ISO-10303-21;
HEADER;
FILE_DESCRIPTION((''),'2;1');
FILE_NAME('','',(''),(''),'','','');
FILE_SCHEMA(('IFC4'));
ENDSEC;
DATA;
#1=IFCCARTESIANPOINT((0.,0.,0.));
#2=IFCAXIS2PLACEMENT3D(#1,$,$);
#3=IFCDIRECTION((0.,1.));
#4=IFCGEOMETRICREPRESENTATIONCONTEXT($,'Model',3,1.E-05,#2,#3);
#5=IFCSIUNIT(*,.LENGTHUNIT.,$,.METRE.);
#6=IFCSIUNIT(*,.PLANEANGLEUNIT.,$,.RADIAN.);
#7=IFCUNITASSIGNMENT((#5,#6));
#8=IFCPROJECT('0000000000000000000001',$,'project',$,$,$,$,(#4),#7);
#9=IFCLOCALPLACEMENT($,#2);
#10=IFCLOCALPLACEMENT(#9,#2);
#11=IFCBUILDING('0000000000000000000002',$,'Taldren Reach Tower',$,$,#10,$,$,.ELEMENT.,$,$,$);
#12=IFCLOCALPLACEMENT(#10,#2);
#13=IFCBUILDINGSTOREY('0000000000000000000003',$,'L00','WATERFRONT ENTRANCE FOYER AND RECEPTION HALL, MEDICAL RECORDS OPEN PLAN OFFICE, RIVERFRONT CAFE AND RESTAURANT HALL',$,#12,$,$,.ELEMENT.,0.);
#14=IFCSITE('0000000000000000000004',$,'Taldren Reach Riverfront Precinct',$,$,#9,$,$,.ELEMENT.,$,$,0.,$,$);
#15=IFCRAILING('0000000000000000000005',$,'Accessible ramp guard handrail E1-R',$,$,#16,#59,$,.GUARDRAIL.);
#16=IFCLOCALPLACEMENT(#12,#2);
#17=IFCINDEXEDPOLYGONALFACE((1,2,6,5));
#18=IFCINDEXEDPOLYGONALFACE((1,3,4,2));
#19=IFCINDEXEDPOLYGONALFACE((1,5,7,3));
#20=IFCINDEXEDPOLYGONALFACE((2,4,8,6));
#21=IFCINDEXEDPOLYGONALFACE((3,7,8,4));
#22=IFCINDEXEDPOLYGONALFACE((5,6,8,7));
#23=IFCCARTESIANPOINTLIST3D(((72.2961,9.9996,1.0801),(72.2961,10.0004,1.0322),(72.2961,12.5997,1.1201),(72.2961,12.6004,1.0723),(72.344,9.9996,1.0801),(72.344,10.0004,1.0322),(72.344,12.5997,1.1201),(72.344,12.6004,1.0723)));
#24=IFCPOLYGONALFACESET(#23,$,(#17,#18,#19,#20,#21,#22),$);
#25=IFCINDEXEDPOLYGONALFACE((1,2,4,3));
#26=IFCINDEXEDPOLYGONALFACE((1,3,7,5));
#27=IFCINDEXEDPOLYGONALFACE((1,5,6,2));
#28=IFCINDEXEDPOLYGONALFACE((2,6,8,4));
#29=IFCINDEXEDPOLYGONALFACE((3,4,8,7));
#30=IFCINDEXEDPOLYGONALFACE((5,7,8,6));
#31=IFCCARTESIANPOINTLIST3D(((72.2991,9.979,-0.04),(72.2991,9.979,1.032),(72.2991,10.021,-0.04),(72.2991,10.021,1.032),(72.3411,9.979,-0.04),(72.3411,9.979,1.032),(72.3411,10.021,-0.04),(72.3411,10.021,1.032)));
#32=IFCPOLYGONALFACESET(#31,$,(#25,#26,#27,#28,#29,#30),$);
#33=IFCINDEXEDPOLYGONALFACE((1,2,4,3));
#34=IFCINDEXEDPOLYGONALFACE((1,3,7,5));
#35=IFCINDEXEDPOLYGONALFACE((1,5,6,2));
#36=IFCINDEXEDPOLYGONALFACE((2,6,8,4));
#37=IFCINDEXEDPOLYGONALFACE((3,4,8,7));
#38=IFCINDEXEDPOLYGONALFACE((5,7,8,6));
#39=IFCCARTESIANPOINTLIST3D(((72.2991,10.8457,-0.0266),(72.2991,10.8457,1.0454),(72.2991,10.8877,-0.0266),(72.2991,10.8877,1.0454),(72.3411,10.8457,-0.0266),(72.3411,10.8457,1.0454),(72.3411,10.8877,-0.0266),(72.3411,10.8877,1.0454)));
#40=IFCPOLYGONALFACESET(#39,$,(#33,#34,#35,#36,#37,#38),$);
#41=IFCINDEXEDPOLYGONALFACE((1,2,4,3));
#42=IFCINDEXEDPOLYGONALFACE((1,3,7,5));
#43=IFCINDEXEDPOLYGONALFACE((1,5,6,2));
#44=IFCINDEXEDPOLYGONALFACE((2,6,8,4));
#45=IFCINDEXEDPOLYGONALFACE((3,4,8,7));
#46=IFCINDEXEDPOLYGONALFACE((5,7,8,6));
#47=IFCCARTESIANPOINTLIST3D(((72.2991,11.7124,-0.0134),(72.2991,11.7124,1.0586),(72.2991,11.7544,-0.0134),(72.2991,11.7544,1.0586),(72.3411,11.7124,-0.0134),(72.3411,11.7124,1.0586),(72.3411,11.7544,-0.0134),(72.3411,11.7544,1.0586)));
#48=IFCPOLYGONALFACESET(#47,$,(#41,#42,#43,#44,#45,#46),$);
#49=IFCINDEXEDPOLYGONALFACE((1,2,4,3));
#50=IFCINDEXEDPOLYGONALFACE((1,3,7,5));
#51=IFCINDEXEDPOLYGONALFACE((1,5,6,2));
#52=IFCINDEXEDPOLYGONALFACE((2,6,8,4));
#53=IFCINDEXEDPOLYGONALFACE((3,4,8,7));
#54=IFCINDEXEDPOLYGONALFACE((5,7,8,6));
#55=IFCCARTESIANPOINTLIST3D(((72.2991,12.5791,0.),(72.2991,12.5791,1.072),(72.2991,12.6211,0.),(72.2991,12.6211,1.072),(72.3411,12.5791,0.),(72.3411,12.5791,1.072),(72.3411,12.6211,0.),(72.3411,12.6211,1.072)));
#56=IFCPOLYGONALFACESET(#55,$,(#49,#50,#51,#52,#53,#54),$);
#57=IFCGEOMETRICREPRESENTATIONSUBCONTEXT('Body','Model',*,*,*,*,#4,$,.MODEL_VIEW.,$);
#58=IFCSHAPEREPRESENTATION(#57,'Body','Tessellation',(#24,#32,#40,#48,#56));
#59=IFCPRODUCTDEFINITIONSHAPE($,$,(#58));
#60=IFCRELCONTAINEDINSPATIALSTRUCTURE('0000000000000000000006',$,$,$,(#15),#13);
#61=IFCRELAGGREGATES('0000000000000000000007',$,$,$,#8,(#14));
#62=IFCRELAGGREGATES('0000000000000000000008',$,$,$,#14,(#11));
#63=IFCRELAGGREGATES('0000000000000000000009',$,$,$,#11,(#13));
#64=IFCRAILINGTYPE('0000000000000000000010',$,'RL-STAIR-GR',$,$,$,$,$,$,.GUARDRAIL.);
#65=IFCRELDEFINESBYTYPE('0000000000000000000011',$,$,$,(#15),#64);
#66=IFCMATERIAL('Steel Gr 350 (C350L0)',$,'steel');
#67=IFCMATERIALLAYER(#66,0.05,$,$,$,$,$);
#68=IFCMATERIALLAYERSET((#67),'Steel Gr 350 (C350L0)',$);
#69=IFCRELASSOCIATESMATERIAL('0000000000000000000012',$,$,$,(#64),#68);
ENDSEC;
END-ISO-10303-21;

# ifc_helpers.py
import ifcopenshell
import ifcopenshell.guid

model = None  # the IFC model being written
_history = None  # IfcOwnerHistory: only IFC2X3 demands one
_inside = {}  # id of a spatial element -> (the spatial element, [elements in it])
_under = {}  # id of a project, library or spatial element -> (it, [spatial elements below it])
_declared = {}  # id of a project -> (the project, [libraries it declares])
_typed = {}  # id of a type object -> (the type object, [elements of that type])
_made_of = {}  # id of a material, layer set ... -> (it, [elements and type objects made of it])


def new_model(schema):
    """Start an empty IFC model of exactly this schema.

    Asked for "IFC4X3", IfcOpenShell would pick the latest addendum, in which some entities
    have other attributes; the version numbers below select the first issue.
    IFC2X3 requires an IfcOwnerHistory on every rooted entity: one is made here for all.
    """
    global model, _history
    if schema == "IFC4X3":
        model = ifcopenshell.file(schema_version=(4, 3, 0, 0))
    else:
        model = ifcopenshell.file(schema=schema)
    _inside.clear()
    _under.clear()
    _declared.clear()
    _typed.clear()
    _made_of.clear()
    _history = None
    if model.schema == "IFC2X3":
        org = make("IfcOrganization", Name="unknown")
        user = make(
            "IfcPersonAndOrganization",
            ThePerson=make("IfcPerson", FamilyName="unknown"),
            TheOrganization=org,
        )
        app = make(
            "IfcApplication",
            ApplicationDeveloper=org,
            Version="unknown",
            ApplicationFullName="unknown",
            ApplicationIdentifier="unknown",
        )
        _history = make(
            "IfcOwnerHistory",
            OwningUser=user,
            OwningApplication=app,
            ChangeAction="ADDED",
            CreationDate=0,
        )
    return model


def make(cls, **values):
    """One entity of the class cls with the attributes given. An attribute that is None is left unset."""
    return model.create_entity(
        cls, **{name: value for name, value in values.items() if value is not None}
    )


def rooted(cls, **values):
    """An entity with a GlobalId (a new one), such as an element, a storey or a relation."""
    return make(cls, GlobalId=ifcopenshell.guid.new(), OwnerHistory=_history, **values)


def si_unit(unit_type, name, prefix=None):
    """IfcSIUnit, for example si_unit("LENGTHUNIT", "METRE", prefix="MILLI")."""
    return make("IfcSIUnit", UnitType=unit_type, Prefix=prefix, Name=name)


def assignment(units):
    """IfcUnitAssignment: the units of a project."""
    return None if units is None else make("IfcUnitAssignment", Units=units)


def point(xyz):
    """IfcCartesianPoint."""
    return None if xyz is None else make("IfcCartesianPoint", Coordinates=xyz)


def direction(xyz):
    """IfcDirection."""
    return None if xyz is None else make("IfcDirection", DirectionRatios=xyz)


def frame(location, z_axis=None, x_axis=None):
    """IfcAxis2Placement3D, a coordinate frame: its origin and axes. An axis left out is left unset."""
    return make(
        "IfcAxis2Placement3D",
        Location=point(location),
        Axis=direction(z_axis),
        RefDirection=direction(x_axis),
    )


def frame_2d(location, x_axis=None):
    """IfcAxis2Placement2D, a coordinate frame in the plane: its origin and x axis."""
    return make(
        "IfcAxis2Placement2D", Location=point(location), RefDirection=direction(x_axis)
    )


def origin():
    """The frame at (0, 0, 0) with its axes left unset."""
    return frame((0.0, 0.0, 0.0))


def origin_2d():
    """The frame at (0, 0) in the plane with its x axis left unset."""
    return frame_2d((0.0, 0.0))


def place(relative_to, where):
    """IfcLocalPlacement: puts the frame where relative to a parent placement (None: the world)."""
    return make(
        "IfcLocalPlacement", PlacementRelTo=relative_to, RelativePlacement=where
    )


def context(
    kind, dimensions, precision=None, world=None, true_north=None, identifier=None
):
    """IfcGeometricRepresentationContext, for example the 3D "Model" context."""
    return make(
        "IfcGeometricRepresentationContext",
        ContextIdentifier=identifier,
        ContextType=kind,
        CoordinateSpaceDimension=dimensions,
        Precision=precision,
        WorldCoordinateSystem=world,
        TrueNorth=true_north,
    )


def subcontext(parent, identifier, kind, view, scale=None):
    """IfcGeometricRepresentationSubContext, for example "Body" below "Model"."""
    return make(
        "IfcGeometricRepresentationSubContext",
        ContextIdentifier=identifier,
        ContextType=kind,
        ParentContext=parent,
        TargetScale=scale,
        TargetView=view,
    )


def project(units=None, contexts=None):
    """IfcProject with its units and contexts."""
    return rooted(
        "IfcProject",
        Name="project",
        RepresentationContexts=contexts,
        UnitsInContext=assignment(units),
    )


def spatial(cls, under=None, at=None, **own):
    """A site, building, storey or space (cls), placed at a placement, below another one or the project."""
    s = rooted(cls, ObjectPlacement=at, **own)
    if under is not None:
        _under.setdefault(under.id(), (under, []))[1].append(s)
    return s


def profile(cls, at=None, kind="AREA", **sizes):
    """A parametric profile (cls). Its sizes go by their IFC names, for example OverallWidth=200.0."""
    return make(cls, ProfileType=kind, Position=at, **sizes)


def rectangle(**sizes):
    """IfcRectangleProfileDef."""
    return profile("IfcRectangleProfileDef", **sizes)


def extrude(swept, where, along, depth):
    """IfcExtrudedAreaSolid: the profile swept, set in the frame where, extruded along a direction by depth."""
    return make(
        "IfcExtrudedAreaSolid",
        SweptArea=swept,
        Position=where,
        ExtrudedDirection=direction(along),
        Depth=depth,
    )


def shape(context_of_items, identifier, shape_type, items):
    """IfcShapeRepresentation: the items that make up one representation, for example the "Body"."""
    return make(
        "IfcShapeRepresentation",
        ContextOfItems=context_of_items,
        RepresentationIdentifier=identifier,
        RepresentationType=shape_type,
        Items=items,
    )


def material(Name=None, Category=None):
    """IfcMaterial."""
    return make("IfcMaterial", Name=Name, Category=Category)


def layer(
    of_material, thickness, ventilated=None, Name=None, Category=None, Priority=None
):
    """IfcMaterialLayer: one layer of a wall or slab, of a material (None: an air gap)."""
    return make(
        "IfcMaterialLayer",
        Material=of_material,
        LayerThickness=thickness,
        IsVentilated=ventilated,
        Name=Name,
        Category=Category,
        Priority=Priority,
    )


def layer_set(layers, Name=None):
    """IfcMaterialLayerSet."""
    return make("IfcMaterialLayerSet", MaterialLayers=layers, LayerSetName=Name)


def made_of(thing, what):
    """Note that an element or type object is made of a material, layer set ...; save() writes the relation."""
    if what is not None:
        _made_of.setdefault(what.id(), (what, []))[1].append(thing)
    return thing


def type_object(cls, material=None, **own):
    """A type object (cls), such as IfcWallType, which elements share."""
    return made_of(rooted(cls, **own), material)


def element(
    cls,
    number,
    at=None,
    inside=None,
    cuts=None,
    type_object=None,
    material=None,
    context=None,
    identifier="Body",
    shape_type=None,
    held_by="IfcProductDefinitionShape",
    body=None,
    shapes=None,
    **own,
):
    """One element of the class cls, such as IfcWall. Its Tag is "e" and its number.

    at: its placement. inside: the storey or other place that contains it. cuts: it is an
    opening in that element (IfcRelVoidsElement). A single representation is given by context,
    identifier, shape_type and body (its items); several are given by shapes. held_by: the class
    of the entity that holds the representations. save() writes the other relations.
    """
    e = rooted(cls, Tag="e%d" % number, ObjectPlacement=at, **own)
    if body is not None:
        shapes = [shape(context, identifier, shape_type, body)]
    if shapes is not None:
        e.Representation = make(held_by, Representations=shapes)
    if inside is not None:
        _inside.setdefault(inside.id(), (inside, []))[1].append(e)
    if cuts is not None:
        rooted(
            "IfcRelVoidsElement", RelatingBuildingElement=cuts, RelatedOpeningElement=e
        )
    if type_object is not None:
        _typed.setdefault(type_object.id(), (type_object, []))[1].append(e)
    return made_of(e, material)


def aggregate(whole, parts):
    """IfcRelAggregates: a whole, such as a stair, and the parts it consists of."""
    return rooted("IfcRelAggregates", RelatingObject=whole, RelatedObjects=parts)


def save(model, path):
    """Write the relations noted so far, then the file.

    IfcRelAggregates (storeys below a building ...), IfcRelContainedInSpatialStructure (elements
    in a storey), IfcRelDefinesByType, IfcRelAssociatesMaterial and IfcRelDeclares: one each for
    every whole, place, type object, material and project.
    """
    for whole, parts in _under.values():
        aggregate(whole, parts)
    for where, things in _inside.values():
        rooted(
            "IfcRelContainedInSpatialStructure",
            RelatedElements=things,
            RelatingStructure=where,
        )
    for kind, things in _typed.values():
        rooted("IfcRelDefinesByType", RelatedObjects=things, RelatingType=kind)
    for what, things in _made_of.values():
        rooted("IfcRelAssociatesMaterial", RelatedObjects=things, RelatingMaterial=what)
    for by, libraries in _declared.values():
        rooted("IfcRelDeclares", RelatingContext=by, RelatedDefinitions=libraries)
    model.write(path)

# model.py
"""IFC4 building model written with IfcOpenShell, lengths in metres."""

from ifc_helpers import new_model, si_unit, direction, frame, origin, origin_2d, place, context, subcontext, project, spatial, rectangle, extrude, material, layer, layer_set, type_object, element, save


model = new_model("IFC4")

# Units and contexts
model_context = context("Model", 3, precision=1e-05, world=origin(), true_north=direction((0.0, 1.0)))
body_context = subcontext(model_context, "Body", "Model", "MODEL_VIEW")
ifc_project = project(units=[si_unit("LENGTHUNIT", "METRE"), si_unit("PLANEANGLEUNIT", "RADIAN")], contexts=[model_context])

# Site, building, storey
site_placement = place(None, origin())
site = spatial("IfcSite", under=ifc_project, at=site_placement, Name="Taldren Reach Riverfront Precinct", CompositionType="ELEMENT", RefElevation=0.0)
building_placement = place(site_placement, origin())
building = spatial("IfcBuilding", under=site, at=building_placement, Name="Taldren Reach Tower", CompositionType="ELEMENT")
storey_placement = place(building_placement, origin())
storey = spatial("IfcBuildingStorey", under=building, at=storey_placement, Name="L00", Description="WATERFRONT ENTRANCE FOYER AND RECEPTION HALL, MEDICAL RECORDS OPEN PLAN OFFICE, RIVERFRONT CAFE AND RESTAURANT HALL", CompositionType="ELEMENT", Elevation=0.0)

# Railing
ifc_material_1 = material(Name="Steel Gr 350 (C350L0)", Category="steel")
ifc_layer_1 = layer(ifc_material_1, 0.05)
ifc_layer_set_1 = layer_set([ifc_layer_1], Name="Steel Gr 350 (C350L0)")
railing_type = type_object("IfcRailingType", Name="RL-STAIR-GR", PredefinedType="GUARDRAIL", material=ifc_layer_set_1)
for number, where, name in (
    (1, (72.3201, 10.0, -0.04), "Accessible ramp guard handrail E1-R"),
):
    element("IfcRailing", number, at=place(storey_placement, frame(where)), inside=storey, type_object=railing_type, Name=name, PredefinedType="GUARDRAIL", context=body_context, shape_type="SweptSolid", body=[
        extrude(rectangle(XDim=0.0479, YDim=0.0479, at=origin_2d()), frame((0.0, 0.0, 1.0962), z_axis=(0.0, 0.999881, 0.015397), x_axis=(-1.0, 0.0, 0.0)), (0.0, 0.0, 1.0), 2.6003),
        extrude(rectangle(XDim=0.042, YDim=0.042, at=origin_2d()), origin(), (0.0, 0.0, 1.0), 1.072),
        extrude(rectangle(XDim=0.042, YDim=0.042, at=origin_2d()), frame((0.0, 0.8667, 0.0134)), (0.0, 0.0, 1.0), 1.072),
        extrude(rectangle(XDim=0.042, YDim=0.042, at=origin_2d()), frame((0.0, 1.7334, 0.0266)), (0.0, 0.0, 1.0), 1.072),
        extrude(rectangle(XDim=0.042, YDim=0.042, at=origin_2d()), frame((0.0, 2.6001, 0.04)), (0.0, 0.0, 1.0), 1.072),
    ])

save(model, "model.ifc")
